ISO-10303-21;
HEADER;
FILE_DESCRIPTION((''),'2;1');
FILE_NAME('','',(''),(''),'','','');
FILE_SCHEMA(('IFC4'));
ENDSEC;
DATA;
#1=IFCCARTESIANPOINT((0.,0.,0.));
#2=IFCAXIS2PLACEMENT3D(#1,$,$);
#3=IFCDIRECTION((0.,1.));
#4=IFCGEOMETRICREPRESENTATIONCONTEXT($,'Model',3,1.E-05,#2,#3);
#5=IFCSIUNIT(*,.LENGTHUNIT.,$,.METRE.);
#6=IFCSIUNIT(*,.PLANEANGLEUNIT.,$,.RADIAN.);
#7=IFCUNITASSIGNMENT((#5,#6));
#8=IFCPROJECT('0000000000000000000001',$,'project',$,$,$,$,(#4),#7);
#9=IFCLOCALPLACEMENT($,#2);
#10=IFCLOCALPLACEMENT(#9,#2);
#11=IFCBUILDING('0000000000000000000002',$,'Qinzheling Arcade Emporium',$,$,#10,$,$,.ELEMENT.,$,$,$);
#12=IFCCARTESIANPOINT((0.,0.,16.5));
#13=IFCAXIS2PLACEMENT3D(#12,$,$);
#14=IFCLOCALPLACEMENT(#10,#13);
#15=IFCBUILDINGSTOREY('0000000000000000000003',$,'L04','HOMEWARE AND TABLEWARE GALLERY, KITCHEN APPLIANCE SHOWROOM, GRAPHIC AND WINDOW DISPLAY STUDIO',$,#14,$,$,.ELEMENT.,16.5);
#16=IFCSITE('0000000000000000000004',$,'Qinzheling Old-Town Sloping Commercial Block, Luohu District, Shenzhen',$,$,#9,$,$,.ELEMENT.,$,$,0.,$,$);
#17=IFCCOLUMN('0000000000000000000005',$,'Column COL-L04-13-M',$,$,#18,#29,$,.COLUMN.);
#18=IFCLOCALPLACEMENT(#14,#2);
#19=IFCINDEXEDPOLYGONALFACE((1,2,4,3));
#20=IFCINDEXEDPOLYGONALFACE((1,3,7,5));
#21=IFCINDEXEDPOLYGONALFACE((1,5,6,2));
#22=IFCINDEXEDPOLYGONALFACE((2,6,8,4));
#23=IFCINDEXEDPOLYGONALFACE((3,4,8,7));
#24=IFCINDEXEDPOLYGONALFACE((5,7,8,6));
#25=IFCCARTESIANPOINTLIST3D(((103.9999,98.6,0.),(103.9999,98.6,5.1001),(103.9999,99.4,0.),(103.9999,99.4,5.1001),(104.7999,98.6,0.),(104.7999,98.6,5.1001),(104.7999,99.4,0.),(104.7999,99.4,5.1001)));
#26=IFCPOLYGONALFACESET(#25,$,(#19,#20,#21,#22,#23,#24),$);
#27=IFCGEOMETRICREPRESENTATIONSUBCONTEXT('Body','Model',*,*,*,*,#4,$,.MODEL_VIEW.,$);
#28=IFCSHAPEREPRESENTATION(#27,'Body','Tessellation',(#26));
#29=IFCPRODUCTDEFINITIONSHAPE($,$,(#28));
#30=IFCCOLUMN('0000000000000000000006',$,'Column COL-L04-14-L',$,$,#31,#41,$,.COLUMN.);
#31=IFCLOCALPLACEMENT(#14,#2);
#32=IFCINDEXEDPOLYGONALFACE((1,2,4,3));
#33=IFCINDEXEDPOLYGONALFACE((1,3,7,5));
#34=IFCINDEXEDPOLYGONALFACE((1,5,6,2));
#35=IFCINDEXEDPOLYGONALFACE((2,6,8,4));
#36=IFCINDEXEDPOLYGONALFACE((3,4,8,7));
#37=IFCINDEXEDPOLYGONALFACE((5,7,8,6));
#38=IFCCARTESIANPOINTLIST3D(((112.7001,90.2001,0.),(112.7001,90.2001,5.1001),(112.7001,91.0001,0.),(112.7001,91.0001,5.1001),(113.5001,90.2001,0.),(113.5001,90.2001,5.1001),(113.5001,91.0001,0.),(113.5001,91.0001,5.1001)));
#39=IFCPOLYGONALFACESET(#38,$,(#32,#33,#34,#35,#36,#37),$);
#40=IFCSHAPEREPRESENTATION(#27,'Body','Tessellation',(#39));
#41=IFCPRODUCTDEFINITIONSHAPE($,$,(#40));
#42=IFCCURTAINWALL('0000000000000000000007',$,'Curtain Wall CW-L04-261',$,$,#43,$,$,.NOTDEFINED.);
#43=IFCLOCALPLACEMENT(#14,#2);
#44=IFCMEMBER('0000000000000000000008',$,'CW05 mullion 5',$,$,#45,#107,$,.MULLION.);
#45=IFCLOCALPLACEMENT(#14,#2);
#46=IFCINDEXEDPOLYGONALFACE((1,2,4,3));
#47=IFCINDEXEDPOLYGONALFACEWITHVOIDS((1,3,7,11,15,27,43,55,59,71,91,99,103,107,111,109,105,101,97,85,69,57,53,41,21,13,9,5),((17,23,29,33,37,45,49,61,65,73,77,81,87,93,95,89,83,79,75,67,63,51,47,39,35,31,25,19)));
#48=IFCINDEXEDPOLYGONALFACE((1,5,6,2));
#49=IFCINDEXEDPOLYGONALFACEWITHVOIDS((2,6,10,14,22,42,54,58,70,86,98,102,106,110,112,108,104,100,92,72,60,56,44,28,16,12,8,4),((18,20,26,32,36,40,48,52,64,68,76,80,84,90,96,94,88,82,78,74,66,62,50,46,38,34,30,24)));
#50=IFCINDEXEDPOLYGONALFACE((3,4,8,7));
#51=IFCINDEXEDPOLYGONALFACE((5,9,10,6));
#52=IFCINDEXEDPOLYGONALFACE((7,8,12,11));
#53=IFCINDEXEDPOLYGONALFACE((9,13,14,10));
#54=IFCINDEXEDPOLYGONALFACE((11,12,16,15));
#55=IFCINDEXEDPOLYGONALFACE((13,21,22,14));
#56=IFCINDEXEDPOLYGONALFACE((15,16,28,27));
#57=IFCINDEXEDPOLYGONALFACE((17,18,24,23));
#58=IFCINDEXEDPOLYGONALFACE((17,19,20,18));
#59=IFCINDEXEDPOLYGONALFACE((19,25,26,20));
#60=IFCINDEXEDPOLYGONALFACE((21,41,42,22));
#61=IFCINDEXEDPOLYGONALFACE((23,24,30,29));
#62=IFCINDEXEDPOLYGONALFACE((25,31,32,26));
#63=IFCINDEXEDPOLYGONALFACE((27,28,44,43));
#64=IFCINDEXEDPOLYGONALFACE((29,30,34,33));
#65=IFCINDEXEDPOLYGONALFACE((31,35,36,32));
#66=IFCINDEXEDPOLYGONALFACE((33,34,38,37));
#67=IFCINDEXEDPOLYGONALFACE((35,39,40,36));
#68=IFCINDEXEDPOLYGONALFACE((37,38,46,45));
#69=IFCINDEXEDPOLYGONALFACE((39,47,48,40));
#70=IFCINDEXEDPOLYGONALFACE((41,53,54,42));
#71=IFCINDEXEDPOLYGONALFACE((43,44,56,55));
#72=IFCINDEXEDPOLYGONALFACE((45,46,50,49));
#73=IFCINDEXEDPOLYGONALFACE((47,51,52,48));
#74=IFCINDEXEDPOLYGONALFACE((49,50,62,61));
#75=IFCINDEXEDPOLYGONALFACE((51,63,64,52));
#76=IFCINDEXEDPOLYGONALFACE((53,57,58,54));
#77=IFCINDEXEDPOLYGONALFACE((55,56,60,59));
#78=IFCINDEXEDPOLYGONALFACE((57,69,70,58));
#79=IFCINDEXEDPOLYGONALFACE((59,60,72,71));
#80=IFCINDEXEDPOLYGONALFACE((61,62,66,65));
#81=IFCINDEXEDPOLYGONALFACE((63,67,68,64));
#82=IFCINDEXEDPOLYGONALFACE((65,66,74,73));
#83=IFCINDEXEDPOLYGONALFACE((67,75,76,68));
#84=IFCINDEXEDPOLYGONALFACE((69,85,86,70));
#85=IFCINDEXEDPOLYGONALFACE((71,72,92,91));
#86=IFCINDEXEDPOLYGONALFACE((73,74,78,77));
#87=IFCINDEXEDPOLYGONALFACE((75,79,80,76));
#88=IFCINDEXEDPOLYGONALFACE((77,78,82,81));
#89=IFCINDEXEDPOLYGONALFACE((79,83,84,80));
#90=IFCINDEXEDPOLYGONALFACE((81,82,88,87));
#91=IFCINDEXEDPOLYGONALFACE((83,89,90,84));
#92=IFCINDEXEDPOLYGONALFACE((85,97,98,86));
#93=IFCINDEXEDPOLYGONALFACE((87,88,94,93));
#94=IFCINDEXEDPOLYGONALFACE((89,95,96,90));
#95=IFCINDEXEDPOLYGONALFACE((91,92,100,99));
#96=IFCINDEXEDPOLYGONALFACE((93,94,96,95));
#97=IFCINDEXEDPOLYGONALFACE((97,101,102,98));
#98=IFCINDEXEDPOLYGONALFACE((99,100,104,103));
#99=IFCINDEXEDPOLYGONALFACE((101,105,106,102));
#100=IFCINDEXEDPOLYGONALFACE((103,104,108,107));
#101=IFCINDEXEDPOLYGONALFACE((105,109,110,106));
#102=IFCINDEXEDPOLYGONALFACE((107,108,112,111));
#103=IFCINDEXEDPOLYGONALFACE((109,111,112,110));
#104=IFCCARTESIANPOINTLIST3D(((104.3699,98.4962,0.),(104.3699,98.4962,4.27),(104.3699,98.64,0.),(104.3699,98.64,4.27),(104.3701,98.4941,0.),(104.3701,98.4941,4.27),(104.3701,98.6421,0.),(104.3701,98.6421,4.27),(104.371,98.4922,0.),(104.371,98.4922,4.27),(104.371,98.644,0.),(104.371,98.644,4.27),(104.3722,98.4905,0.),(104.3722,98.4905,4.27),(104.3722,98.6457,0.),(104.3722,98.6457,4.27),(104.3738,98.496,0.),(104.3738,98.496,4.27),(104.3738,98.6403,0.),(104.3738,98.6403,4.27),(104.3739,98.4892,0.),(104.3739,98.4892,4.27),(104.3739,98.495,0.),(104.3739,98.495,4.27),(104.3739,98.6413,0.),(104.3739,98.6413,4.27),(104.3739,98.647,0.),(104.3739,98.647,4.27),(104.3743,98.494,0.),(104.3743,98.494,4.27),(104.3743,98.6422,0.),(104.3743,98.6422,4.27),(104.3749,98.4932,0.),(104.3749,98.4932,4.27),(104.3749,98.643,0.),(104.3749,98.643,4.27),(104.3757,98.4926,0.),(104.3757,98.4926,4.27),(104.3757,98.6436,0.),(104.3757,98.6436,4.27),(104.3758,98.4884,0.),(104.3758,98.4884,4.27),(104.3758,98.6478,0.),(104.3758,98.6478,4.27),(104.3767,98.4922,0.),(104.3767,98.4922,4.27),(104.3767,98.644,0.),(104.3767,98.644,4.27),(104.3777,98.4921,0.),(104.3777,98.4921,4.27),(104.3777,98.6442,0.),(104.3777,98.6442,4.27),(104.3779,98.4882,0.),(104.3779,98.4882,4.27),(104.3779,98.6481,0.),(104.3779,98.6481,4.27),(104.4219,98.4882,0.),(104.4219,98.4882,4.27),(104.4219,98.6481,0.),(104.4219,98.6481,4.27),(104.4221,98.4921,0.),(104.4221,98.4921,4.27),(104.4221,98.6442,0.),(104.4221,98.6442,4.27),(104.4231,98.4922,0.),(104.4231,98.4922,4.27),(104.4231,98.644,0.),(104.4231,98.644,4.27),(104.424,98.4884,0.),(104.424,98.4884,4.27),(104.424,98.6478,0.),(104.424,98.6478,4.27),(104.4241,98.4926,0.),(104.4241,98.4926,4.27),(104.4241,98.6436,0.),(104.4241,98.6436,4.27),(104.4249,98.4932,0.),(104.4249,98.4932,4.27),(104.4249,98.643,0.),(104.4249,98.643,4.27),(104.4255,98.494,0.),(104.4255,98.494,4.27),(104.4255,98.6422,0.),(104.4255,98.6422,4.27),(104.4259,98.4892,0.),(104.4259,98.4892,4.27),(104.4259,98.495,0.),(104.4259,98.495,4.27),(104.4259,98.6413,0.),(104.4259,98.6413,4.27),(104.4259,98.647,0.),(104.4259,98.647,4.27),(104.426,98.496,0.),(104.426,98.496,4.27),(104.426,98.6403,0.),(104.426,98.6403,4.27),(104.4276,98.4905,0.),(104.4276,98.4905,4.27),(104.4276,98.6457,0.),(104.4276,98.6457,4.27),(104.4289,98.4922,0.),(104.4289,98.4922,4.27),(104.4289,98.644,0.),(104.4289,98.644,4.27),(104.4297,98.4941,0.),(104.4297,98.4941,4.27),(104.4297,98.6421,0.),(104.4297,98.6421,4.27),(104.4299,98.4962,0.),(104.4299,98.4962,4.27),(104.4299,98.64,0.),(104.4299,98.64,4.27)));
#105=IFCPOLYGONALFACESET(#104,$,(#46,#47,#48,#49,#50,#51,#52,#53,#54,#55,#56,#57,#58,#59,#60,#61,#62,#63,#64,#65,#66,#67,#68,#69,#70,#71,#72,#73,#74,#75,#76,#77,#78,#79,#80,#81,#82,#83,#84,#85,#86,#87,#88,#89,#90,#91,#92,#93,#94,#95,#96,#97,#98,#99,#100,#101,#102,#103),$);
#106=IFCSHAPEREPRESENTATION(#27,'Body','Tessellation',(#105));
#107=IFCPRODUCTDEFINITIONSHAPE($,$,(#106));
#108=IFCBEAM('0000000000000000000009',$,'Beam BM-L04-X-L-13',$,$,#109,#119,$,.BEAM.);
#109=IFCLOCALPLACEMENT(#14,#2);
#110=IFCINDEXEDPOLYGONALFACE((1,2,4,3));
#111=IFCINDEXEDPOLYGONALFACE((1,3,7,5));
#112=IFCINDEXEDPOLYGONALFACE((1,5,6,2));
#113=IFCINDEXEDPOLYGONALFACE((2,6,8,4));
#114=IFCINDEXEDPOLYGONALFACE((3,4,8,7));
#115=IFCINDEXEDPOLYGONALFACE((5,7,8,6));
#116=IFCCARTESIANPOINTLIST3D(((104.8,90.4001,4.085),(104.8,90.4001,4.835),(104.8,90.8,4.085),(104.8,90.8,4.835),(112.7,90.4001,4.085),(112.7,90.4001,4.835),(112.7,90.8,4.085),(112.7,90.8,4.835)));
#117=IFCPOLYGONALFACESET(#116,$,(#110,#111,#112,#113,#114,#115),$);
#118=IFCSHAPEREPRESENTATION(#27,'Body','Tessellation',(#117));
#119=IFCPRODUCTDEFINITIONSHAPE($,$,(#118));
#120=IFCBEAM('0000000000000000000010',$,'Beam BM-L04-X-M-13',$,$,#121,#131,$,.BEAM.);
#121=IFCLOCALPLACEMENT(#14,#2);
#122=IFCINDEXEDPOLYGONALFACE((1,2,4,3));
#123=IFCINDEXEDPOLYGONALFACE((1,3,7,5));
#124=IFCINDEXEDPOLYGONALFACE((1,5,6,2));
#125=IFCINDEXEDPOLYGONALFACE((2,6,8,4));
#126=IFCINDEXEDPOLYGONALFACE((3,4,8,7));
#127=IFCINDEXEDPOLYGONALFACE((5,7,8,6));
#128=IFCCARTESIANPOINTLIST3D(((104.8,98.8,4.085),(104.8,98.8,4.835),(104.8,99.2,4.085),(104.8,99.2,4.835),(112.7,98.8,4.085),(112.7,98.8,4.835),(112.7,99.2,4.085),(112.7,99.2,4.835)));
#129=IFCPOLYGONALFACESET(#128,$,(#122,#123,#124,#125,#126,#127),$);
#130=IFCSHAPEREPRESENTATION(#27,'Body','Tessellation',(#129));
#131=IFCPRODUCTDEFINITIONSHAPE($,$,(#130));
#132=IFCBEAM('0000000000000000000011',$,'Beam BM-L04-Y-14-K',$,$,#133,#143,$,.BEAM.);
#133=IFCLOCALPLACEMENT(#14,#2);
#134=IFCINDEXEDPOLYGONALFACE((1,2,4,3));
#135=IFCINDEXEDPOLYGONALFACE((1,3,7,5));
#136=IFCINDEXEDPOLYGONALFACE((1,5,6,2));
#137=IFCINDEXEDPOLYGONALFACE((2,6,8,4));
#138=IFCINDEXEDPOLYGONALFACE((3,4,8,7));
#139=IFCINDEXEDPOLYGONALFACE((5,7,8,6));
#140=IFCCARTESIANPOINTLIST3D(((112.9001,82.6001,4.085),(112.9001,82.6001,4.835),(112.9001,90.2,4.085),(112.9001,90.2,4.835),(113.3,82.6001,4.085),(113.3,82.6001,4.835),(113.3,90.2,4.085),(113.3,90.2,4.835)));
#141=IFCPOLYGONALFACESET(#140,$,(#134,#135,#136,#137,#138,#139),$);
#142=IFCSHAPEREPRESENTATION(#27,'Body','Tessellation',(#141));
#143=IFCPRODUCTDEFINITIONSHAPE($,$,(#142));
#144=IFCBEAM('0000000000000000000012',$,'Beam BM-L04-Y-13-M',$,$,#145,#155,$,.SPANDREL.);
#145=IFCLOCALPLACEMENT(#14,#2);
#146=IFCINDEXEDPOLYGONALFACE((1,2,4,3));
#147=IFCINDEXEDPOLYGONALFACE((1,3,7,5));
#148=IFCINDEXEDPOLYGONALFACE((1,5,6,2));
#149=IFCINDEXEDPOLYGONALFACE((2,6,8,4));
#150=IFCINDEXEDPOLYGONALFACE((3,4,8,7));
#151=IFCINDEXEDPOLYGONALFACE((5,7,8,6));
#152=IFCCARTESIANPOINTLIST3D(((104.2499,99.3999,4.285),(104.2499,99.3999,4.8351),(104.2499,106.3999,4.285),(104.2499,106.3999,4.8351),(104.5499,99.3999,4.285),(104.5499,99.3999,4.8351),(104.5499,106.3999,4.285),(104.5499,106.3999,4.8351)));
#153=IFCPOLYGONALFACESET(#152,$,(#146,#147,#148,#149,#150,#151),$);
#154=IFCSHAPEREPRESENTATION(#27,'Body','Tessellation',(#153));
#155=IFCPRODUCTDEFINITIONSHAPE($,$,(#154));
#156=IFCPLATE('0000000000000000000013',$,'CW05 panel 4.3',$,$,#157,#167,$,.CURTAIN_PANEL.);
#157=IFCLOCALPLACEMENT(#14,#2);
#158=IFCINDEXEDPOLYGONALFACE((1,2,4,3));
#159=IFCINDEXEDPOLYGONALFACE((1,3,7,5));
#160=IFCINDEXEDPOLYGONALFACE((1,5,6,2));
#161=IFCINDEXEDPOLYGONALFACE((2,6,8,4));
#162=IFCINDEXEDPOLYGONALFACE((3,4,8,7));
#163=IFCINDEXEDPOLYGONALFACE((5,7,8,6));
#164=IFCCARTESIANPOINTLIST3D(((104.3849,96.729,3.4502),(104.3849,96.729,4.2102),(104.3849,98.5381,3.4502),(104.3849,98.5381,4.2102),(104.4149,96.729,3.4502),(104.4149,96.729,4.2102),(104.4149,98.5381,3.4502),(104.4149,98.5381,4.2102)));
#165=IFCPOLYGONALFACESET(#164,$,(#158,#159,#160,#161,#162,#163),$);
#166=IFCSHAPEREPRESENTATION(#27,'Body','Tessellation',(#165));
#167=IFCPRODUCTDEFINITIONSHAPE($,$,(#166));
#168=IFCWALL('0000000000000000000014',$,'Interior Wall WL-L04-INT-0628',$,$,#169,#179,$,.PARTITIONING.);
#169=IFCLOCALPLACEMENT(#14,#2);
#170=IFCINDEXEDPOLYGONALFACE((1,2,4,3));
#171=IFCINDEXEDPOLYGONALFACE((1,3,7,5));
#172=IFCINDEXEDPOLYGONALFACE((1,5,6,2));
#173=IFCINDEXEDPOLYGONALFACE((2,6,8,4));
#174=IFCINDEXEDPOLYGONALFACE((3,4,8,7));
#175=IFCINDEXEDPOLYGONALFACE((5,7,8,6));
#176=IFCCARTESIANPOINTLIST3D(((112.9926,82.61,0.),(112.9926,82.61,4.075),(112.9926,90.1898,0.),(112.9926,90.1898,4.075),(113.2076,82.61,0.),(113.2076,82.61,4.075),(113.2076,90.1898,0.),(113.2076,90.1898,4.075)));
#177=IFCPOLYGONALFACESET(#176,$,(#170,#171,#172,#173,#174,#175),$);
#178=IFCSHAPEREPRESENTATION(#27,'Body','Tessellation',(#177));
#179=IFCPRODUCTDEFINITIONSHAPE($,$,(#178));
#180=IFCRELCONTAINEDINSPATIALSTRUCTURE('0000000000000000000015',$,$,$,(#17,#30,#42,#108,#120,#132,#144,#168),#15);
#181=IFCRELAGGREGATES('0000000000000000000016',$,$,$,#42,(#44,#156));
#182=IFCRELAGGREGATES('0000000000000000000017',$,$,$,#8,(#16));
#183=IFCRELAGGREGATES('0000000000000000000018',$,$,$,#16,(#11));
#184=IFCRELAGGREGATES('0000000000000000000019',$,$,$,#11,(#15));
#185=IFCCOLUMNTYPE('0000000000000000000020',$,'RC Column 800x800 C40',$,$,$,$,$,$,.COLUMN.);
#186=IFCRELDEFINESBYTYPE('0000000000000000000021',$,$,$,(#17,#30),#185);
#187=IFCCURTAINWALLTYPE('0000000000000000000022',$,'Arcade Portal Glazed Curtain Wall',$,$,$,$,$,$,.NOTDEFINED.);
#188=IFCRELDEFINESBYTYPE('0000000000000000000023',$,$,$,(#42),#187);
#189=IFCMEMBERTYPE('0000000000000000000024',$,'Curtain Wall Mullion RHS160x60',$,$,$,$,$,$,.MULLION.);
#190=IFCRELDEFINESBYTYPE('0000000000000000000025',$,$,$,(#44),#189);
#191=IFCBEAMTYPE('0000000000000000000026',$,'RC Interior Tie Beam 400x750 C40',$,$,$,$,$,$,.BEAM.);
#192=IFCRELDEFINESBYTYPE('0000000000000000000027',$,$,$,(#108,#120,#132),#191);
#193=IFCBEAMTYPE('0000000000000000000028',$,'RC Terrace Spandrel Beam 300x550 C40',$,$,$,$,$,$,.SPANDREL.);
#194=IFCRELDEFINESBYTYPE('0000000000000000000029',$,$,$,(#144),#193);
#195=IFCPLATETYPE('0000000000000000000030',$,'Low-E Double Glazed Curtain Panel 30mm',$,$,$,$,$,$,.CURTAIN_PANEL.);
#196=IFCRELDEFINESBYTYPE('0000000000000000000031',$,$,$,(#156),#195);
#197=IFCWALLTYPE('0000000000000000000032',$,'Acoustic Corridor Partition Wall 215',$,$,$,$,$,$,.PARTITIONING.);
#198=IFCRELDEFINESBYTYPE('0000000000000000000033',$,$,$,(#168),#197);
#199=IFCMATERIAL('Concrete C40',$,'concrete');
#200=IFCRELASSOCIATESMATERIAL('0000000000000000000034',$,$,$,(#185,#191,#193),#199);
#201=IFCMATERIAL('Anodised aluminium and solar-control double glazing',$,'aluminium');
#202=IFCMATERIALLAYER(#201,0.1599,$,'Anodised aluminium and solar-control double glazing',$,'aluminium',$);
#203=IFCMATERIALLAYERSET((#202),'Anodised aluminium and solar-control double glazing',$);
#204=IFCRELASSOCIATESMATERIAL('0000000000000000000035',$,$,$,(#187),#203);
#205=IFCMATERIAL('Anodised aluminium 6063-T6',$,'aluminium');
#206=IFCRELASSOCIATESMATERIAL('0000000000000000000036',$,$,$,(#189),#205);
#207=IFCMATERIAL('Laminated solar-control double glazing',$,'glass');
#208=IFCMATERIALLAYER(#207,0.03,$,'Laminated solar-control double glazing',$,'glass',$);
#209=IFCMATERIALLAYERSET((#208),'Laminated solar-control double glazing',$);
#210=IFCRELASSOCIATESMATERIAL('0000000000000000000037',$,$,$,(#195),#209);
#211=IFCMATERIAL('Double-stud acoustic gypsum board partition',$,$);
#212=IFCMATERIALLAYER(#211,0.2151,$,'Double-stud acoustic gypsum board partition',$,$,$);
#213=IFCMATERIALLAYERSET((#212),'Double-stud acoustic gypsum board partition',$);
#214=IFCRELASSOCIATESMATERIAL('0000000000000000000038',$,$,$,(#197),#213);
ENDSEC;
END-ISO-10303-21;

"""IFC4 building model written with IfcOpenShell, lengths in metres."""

from ifc_helpers import new_model, si_unit, direction, frame, frame_2d, origin, origin_2d, place, context, subcontext, project, spatial, rectangle, hollow_rectangle, extrude, material, layer, layer_set, material_profile, profile_set, type_object, element, aggregate, save


model = new_model("IFC4")

# Units and contexts
model_context = context("Model", 3, precision=1e-05, world=origin(), true_north=direction((0.0, 1.0)))
body_context = subcontext(model_context, "Body", "Model", "MODEL_VIEW")
ifc_project = project(units=[si_unit("LENGTHUNIT", "METRE"), si_unit("PLANEANGLEUNIT", "RADIAN")], contexts=[model_context])

# Site, building, storey
site_placement = place(None, origin())
site = spatial("IfcSite", under=ifc_project, at=site_placement, Name="Qinzheling Old-Town Sloping Commercial Block, Luohu District, Shenzhen", CompositionType="ELEMENT", RefElevation=0.0)
building_placement = place(site_placement, origin())
building = spatial("IfcBuilding", under=site, at=building_placement, Name="Qinzheling Arcade Emporium", CompositionType="ELEMENT")
storey_placement = place(building_placement, frame((0.0, 0.0, 16.5)))
storey = spatial("IfcBuildingStorey", under=building, at=storey_placement, Name="L04", Description="HOMEWARE AND TABLEWARE GALLERY, KITCHEN APPLIANCE SHOWROOM, GRAPHIC AND WINDOW DISPLAY STUDIO", CompositionType="ELEMENT", Elevation=16.5)

# Columns
ifc_material_1 = material(Name="Concrete C40", Category="concrete")
ifc_material_profile_1 = material_profile(ifc_material_1, rectangle(XDim=0.8, YDim=0.8, at=origin_2d()), Name="RC 800x800", Category="concrete")
ifc_profile_set_1 = profile_set([ifc_material_profile_1], Name="Concrete C40")
column_type = type_object("IfcColumnType", Name="RC Column 800x800 C40", PredefinedType="COLUMN", material=ifc_profile_set_1)
for number, where, z_axis, x_axis, name in (
    (1, (104.3999, 99.0, 0.0), (0.0, 0.0, 1.0), (1.0, 0.0, 0.0), "Column COL-L04-13-M"),
    (2, (113.1001, 90.6001, 0.0), (0.0, 0.0, 1.0), (1.0, 0.0, 0.0), "Column COL-L04-14-L"),
):
    element("IfcColumn", number, at=place(storey_placement, frame(where, z_axis=z_axis, x_axis=x_axis)), inside=storey, type_object=column_type, Name=name, PredefinedType="COLUMN", context=body_context, shape_type="SweptSolid", body=[
        extrude(rectangle(XDim=0.8, YDim=0.8, at=origin_2d()), origin(), (0.0, 0.0, 1.0), 5.1001),
    ])

# Curtain wall, member
ifc_material_2 = material(Name="Anodised aluminium and solar-control double glazing", Category="aluminium")
ifc_layer_1 = layer(ifc_material_2, 0.1599, Name="Anodised aluminium and solar-control double glazing", Category="aluminium")
ifc_layer_set_1 = layer_set([ifc_layer_1], Name="Anodised aluminium and solar-control double glazing")
curtain_wall_type = type_object("IfcCurtainWallType", Name="Arcade Portal Glazed Curtain Wall", PredefinedType="NOTDEFINED", material=ifc_layer_set_1)
curtain_wall_placement = place(storey_placement, origin())
curtain_wall = element("IfcCurtainWall", 3, at=curtain_wall_placement, inside=storey, type_object=curtain_wall_type, Name="Curtain Wall CW-L04-261", PredefinedType="NOTDEFINED")
ifc_material_3 = material(Name="Anodised aluminium 6063-T6", Category="aluminium")
ifc_material_profile_2 = material_profile(ifc_material_3, hollow_rectangle(XDim=0.0601, YDim=0.1599, WallThickness=0.0039, InnerFilletRadius=0.0039, OuterFilletRadius=0.0081, at=origin_2d()), Name="RHS 160x60x4", Category="aluminium")
ifc_profile_set_2 = profile_set([ifc_material_profile_2], Name="Anodised aluminium 6063-T6")
member_type = type_object("IfcMemberType", Name="Curtain Wall Mullion RHS160x60", PredefinedType="MULLION", material=ifc_profile_set_2)
member_placement = place(storey_placement, frame((104.3999, 98.5681, 0.0), z_axis=(0.0, 0.0, 1.0), x_axis=(-1.0, 0.0, 0.0)))
member = element("IfcMember", 4, at=member_placement, type_object=member_type, Name="CW05 mullion 5", PredefinedType="MULLION", context=body_context, shape_type="SweptSolid", body=[
    extrude(hollow_rectangle(XDim=0.0601, YDim=0.1599, WallThickness=0.0039, InnerFilletRadius=0.0039, OuterFilletRadius=0.0081, at=origin_2d()), origin(), (0.0, 0.0, 1.0), 4.27),
])

# Beams
ifc_material_profile_3 = material_profile(ifc_material_1, rectangle(XDim=0.3999, YDim=0.75, at=origin_2d()), Name="RC 400x750", Category="concrete")
ifc_profile_set_3 = profile_set([ifc_material_profile_3], Name="Concrete C40")
beam_type_1 = type_object("IfcBeamType", Name="RC Interior Tie Beam 400x750 C40", PredefinedType="BEAM", material=ifc_profile_set_3)
for number, where, z_axis, x_axis, name in (
    (5, (104.8, 90.6001, 4.46), (1.0, 0.0, 0.0), (0.0, 1.0, 0.0), "Beam BM-L04-X-L-13"),
    (6, (104.8, 99.0, 4.46), (1.0, 0.0, 0.0), (0.0, 1.0, 0.0), "Beam BM-L04-X-M-13"),
):
    element("IfcBeam", number, at=place(storey_placement, frame(where, z_axis=z_axis, x_axis=x_axis)), inside=storey, type_object=beam_type_1, Name=name, PredefinedType="BEAM", context=body_context, shape_type="SweptSolid", body=[
        extrude(rectangle(XDim=0.3999, YDim=0.75, at=origin_2d()), origin(), (0.0, 0.0, 1.0), 7.8999),
    ])
beam_1_placement = place(storey_placement, frame((113.1001, 82.6001, 4.46), z_axis=(0.0, 1.0, 0.0), x_axis=(-1.0, 0.0, 0.0)))
element("IfcBeam", 7, at=beam_1_placement, inside=storey, type_object=beam_type_1, Name="Beam BM-L04-Y-14-K", PredefinedType="BEAM", context=body_context, shape_type="SweptSolid", body=[
    extrude(rectangle(XDim=0.3999, YDim=0.75, at=origin_2d()), origin(), (0.0, 0.0, 1.0), 7.5999),
])
ifc_material_profile_4 = material_profile(ifc_material_1, rectangle(XDim=0.3, YDim=0.55, at=origin_2d()), Name="RC 300x550", Category="concrete")
ifc_profile_set_4 = profile_set([ifc_material_profile_4], Name="Concrete C40")
beam_type_2 = type_object("IfcBeamType", Name="RC Terrace Spandrel Beam 300x550 C40", PredefinedType="SPANDREL", material=ifc_profile_set_4)
beam_2_placement = place(storey_placement, frame((104.3999, 99.3999, 4.5601), z_axis=(0.0, 1.0, 0.0), x_axis=(-1.0, 0.0, 0.0)))
element("IfcBeam", 8, at=beam_2_placement, inside=storey, type_object=beam_type_2, Name="Beam BM-L04-Y-13-M", PredefinedType="SPANDREL", context=body_context, shape_type="SweptSolid", body=[
    extrude(rectangle(XDim=0.3, YDim=0.55, at=origin_2d()), origin(), (0.0, 0.0, 1.0), 7.0),
])

# Plate
ifc_material_4 = material(Name="Laminated solar-control double glazing", Category="glass")
ifc_layer_2 = layer(ifc_material_4, 0.03, Name="Laminated solar-control double glazing", Category="glass")
ifc_layer_set_2 = layer_set([ifc_layer_2], Name="Laminated solar-control double glazing")
plate_type = type_object("IfcPlateType", Name="Low-E Double Glazed Curtain Panel 30mm", PredefinedType="CURTAIN_PANEL", material=ifc_layer_set_2)
plate_placement = place(storey_placement, frame((104.3999, 97.6335, 3.4502), z_axis=(0.0, 0.0, 1.0), x_axis=(0.0, 1.0, 0.0)))
plate = element("IfcPlate", 9, at=plate_placement, type_object=plate_type, Name="CW05 panel 4.3", PredefinedType="CURTAIN_PANEL", context=body_context, shape_type="SweptSolid", body=[
    extrude(rectangle(XDim=1.8091, YDim=0.03, at=origin_2d()), origin(), (0.0, 0.0, 1.0), 0.76),
])
aggregate(curtain_wall, [member, plate])

# Wall
ifc_material_5 = material(Name="Double-stud acoustic gypsum board partition")
ifc_layer_3 = layer(ifc_material_5, 0.2151, Name="Double-stud acoustic gypsum board partition")
ifc_layer_set_3 = layer_set([ifc_layer_3], Name="Double-stud acoustic gypsum board partition")
wall_type_1 = type_object("IfcWallType", Name="Acoustic Corridor Partition Wall 215", PredefinedType="PARTITIONING", material=ifc_layer_set_3)
wall_1_placement = place(storey_placement, frame((113.1001, 90.1899, 0.0), z_axis=(0.0, 0.0, 1.0), x_axis=(0.0, -1.0, 0.0)))
element("IfcWall", 10, at=wall_1_placement, inside=storey, type_object=wall_type_1, Name="Interior Wall WL-L04-INT-0628", PredefinedType="PARTITIONING", context=body_context, shape_type="SweptSolid", body=[
    extrude(rectangle(XDim=7.5798, YDim=0.2151, at=frame_2d((3.79, 0.0))), origin(), (0.0, 0.0, 1.0), 4.075),
])

save(model, "model.ifc")
